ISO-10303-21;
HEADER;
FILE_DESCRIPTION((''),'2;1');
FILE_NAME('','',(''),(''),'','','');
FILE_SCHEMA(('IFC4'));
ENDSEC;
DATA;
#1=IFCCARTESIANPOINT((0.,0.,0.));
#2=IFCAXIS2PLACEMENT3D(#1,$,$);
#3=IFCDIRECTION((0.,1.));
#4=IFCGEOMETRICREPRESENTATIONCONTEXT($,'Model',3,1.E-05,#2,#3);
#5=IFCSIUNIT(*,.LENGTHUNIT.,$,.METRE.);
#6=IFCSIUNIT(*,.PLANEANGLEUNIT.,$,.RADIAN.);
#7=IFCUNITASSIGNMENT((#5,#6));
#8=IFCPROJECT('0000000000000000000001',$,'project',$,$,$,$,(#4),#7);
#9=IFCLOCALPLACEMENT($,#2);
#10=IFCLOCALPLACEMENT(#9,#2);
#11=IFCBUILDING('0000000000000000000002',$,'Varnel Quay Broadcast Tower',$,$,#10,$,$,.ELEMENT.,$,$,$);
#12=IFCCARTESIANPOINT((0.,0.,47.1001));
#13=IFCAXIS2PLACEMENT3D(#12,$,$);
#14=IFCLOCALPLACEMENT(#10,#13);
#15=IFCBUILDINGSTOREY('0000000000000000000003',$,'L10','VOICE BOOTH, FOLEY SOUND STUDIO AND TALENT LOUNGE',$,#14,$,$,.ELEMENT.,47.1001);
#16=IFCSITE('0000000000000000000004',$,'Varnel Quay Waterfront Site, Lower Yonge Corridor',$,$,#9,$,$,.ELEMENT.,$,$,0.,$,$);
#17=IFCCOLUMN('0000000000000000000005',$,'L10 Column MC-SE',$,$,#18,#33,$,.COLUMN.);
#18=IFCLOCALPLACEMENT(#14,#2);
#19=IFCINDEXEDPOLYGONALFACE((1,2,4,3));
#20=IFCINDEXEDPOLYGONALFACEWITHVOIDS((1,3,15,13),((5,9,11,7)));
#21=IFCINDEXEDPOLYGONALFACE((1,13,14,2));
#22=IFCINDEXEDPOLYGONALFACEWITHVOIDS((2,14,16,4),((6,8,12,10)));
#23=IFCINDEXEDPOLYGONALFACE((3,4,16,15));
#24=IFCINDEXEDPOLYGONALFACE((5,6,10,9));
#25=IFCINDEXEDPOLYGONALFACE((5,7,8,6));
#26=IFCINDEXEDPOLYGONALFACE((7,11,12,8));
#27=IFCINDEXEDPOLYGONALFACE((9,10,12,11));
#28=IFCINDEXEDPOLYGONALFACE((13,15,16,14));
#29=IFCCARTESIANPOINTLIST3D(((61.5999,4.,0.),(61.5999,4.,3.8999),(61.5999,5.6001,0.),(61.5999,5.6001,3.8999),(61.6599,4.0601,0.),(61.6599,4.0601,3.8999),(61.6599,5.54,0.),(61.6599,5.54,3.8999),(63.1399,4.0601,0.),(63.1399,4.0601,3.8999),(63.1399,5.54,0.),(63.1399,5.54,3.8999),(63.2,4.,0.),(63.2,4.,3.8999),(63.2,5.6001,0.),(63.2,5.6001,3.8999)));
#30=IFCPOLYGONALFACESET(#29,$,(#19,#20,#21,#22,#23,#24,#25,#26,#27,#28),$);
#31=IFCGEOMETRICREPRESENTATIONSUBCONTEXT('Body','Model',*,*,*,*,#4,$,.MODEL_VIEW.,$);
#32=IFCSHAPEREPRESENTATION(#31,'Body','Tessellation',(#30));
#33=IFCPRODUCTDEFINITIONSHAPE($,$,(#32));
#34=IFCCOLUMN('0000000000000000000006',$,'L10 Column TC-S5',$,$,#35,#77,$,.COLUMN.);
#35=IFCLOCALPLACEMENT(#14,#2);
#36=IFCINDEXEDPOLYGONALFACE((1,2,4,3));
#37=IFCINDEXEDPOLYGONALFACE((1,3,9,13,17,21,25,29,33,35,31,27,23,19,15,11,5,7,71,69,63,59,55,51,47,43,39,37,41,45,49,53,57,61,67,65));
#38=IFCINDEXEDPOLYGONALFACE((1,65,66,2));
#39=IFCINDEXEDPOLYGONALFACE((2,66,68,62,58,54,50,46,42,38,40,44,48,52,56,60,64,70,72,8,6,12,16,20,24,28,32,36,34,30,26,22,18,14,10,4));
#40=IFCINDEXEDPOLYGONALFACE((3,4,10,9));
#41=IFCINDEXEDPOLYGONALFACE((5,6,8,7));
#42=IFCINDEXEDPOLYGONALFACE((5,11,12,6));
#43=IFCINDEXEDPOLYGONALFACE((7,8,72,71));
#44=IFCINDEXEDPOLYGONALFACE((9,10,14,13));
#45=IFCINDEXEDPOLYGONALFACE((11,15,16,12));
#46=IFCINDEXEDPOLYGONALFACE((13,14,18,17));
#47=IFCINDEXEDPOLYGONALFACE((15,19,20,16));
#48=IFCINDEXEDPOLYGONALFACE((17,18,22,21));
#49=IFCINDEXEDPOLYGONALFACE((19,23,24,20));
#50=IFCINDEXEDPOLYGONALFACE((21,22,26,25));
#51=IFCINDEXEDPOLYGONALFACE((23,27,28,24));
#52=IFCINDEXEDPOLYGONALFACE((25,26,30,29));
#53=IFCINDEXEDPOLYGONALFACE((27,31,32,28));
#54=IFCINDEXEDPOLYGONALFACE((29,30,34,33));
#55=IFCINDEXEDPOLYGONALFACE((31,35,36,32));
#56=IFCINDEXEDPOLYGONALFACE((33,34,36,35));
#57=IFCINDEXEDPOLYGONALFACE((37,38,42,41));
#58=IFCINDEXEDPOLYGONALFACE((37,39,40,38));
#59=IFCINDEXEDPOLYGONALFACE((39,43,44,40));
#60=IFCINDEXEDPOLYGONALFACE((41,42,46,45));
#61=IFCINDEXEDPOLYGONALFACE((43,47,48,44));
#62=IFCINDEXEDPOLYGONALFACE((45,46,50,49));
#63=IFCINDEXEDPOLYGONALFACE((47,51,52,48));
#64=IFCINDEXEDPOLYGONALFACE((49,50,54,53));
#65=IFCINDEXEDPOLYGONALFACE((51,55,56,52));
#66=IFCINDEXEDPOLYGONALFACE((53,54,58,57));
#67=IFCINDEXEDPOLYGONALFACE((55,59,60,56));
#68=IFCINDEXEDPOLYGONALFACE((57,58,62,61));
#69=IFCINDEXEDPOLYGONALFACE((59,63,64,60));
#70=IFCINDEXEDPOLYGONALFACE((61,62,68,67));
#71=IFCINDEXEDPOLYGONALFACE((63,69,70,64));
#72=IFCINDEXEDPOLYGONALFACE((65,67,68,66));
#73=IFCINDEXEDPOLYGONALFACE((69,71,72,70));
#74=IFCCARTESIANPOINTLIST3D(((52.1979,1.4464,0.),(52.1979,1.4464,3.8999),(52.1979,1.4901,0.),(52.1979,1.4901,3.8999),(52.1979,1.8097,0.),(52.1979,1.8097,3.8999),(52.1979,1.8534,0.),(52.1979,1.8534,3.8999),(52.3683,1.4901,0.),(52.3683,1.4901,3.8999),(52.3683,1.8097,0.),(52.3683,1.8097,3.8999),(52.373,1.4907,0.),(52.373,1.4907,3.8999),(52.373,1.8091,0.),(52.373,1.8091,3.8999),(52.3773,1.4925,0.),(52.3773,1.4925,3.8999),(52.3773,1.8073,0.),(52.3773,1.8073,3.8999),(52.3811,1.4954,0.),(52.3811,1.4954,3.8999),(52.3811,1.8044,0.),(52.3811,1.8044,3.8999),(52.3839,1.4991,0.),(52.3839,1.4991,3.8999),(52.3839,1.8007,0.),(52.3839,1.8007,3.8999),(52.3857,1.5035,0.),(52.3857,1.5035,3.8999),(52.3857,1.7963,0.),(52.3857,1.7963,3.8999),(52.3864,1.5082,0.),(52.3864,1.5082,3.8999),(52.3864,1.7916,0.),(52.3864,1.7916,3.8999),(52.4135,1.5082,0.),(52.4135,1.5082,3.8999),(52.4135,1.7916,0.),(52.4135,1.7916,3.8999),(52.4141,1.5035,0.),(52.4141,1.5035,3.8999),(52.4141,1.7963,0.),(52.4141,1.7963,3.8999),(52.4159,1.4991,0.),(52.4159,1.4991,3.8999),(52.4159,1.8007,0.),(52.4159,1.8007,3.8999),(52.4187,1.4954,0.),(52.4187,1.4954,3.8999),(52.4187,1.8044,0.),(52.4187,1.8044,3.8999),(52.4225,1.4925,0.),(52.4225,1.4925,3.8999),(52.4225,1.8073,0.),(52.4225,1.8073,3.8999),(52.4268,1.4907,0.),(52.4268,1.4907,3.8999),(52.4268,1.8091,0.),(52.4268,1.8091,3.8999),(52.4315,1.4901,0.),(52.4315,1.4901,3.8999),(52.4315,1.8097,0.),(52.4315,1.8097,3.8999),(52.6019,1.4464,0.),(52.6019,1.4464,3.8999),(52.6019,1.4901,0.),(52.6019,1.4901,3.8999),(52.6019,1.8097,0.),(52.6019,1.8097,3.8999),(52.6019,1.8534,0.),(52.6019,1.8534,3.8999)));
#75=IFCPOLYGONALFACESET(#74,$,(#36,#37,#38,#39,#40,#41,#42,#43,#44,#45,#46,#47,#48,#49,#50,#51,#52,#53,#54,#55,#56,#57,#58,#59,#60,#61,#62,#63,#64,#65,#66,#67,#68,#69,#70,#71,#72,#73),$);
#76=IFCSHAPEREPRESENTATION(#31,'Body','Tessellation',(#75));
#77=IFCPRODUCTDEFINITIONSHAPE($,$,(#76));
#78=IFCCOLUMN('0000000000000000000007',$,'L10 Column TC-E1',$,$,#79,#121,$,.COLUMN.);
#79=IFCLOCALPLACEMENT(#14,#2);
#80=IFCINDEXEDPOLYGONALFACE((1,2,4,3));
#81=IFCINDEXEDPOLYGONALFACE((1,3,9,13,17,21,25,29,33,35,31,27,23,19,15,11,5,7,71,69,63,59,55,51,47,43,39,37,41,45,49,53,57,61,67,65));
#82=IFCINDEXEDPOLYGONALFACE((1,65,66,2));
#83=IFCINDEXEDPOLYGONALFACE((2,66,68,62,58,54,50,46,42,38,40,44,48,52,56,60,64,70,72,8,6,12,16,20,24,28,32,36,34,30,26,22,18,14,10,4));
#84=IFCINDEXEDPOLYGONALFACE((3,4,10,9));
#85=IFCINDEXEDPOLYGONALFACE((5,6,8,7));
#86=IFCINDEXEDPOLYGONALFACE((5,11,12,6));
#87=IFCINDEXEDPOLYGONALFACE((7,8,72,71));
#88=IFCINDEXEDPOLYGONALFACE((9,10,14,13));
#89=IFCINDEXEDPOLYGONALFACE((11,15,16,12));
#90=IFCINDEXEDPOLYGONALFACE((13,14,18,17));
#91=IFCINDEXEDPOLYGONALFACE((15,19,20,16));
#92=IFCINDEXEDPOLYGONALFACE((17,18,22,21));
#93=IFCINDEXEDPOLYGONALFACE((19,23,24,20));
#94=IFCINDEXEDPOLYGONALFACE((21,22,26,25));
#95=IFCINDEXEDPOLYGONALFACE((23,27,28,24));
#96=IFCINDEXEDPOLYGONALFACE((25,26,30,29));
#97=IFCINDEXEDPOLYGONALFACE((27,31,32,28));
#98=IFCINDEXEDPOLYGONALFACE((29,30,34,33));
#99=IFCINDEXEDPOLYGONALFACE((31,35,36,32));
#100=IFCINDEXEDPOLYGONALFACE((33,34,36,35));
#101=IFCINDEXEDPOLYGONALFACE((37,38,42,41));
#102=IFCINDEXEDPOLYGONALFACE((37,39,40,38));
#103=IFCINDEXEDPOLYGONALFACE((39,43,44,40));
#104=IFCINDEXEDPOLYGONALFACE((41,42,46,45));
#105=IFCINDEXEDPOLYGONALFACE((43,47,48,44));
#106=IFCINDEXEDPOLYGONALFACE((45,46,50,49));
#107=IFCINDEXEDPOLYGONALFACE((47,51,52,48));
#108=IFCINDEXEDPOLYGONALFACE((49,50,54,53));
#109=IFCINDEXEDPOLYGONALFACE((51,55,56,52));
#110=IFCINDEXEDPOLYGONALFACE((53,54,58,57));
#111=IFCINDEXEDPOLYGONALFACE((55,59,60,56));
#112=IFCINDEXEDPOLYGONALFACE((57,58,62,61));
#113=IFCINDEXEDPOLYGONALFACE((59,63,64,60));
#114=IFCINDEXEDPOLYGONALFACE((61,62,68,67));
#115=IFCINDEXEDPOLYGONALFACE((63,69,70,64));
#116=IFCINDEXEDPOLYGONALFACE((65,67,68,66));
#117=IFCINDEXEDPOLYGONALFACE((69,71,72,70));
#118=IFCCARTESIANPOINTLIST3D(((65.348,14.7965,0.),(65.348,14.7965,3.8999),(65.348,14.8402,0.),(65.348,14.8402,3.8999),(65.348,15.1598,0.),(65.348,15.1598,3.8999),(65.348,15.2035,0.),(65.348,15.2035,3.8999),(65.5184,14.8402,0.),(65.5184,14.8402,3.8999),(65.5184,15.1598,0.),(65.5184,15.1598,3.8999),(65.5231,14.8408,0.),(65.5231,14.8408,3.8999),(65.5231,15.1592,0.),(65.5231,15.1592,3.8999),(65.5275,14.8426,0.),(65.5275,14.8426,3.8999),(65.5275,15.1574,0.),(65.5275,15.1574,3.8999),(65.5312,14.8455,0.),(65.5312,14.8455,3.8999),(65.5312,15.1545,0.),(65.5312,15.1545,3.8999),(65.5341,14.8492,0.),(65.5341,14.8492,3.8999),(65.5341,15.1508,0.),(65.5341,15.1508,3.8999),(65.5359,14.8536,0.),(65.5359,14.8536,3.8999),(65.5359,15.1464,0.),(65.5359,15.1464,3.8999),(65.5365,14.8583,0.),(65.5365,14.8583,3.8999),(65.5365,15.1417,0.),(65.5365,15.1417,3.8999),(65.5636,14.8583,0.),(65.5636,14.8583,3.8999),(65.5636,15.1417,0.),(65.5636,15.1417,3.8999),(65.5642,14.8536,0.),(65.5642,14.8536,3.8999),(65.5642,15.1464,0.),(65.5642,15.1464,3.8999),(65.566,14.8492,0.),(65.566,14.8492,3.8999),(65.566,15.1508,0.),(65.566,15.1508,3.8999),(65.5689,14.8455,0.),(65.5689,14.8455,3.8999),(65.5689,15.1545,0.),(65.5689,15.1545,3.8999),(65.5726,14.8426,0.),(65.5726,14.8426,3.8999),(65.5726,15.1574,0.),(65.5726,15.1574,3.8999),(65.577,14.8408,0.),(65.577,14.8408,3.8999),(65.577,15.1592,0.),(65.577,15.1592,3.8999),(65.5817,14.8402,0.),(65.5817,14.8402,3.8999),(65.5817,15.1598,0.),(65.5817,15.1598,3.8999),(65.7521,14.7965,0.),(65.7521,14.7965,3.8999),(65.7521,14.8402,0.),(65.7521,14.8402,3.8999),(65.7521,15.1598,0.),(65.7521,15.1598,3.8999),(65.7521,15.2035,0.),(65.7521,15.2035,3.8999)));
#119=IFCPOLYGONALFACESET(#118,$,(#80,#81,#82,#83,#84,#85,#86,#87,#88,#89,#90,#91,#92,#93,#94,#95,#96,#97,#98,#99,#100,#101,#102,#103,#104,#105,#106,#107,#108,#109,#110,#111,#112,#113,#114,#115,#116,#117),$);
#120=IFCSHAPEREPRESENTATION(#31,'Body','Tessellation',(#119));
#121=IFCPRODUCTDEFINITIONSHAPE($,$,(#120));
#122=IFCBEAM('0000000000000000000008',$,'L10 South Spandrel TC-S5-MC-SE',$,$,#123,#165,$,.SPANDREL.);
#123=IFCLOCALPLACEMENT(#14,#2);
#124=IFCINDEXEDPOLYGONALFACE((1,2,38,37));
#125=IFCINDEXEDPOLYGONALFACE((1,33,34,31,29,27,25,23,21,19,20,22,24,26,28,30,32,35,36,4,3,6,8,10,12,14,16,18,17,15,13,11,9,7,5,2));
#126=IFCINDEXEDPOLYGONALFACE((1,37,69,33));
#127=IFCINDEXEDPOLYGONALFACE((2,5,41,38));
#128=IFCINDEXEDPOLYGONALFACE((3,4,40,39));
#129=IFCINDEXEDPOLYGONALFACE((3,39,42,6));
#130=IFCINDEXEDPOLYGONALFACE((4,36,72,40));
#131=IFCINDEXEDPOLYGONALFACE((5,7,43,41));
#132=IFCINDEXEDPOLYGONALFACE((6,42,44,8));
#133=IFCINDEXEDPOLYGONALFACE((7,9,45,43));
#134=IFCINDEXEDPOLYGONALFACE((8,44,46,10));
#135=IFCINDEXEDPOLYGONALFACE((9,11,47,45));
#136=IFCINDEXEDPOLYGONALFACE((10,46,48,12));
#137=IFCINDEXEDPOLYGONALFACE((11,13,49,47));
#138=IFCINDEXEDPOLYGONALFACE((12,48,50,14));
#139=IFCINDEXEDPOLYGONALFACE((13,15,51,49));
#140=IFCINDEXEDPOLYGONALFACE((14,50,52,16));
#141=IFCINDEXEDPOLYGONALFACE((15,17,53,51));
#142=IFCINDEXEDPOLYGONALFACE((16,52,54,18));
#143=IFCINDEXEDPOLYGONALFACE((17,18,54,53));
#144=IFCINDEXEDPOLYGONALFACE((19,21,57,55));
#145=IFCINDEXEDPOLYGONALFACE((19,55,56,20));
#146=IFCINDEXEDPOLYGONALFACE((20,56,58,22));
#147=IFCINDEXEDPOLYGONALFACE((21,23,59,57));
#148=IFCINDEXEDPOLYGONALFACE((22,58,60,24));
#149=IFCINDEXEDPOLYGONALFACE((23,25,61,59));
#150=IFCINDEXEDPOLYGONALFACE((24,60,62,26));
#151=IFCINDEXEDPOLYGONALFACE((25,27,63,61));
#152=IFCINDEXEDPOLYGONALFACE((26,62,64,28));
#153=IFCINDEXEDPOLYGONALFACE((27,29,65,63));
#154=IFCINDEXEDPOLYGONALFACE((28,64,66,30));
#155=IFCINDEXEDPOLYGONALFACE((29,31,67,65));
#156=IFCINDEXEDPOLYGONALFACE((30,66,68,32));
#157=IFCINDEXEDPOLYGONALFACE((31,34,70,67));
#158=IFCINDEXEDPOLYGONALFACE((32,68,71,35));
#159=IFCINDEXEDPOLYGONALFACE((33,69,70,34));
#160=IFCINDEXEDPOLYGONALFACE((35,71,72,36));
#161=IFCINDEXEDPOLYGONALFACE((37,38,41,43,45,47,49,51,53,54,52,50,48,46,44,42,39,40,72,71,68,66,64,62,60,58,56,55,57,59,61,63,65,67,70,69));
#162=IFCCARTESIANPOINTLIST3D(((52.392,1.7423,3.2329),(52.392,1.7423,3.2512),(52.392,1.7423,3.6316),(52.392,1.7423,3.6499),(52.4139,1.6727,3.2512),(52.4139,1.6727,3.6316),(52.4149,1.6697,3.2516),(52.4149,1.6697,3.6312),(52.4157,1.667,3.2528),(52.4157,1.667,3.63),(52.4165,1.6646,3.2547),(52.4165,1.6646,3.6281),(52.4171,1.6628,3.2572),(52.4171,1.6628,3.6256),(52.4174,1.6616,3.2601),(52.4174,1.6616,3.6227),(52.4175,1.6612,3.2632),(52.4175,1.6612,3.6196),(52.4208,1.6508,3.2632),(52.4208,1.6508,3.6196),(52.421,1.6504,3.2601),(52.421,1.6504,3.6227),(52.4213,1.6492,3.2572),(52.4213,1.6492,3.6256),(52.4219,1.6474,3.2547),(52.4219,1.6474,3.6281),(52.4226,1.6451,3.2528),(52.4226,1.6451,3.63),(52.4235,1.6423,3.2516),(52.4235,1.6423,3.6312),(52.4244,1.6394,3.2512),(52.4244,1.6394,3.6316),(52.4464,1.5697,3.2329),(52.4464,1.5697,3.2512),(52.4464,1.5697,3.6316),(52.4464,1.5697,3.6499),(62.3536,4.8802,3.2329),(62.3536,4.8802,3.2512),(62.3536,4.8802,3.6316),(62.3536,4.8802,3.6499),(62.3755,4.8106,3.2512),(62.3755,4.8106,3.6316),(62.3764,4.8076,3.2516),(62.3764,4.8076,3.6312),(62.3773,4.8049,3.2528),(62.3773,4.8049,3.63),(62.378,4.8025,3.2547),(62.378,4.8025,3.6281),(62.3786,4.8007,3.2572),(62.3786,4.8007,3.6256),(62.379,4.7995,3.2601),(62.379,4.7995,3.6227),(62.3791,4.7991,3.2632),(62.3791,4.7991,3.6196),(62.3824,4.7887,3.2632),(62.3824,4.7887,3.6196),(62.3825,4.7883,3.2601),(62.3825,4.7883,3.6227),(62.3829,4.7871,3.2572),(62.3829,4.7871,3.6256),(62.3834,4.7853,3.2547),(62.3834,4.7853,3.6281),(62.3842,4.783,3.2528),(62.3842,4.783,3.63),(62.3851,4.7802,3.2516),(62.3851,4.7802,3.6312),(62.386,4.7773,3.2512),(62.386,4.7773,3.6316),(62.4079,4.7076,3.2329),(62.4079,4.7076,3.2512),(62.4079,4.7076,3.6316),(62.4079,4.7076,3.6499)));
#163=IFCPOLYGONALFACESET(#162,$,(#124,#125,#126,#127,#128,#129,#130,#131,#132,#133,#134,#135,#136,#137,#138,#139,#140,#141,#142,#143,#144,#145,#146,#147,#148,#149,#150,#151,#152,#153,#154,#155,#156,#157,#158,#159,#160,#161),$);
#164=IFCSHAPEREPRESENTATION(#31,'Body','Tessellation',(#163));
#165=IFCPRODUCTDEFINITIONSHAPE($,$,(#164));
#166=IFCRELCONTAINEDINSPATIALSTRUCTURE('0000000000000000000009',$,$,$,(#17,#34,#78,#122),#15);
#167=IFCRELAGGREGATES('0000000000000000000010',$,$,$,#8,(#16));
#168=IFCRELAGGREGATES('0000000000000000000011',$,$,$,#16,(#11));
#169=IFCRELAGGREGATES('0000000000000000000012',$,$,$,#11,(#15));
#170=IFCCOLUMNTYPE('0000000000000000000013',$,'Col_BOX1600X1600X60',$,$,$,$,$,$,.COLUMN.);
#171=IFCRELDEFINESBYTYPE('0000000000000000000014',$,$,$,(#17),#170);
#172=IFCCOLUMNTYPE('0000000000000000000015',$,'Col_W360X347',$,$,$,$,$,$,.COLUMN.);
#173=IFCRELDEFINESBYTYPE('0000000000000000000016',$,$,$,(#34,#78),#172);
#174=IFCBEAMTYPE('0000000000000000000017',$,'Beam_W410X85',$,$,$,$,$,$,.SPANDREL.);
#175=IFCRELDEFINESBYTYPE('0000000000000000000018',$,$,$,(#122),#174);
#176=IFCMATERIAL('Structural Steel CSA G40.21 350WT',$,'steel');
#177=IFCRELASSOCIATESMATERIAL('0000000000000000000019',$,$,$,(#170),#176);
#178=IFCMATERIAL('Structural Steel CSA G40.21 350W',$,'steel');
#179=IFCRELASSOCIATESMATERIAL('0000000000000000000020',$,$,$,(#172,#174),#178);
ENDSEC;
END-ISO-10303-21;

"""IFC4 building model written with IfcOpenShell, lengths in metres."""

from ifc_helpers import new_model, si_unit, direction, frame, origin, origin_2d, place, context, subcontext, project, spatial, hollow_rectangle, i_section, extrude, source, transform, mapped, material, material_profile, profile_set, type_object, type_shapes, element, save


model = new_model("IFC4")

# Units and contexts
model_context = context("Model", 3, precision=1e-05, world=origin(), true_north=direction((0.0, 1.0)))
body_context = subcontext(model_context, "Body", "Model", "MODEL_VIEW")
ifc_project = project(units=[si_unit("LENGTHUNIT", "METRE"), si_unit("PLANEANGLEUNIT", "RADIAN")], contexts=[model_context])

# Site, building, storey
site_placement = place(None, origin())
site = spatial("IfcSite", under=ifc_project, at=site_placement, Name="Varnel Quay Waterfront Site, Lower Yonge Corridor", CompositionType="ELEMENT", RefElevation=0.0)
building_placement = place(site_placement, origin())
building = spatial("IfcBuilding", under=site, at=building_placement, Name="Varnel Quay Broadcast Tower", CompositionType="ELEMENT")
storey_placement = place(building_placement, frame((0.0, 0.0, 47.1001)))
storey = spatial("IfcBuildingStorey", under=building, at=storey_placement, Name="L10", Description="VOICE BOOTH, FOLEY SOUND STUDIO AND TALENT LOUNGE", CompositionType="ELEMENT", Elevation=47.1001)

# Columns
ifc_material_1 = material(Name="Structural Steel CSA G40.21 350WT", Category="steel")
ifc_material_profile_1 = material_profile(ifc_material_1, hollow_rectangle(XDim=1.6001, YDim=1.6001, WallThickness=0.0601, at=origin_2d()), Name="BOX1600X1600X60")
ifc_profile_set_1 = profile_set([ifc_material_profile_1], Name="Structural Steel CSA G40.21 350WT")
column_type_1 = type_object("IfcColumnType", Name="Col_BOX1600X1600X60", PredefinedType="COLUMN", material=ifc_profile_set_1)
shared_shape_1 = source(origin(), body_context, "Body", "SweptSolid", [
    extrude(hollow_rectangle(XDim=1.6001, YDim=1.6001, WallThickness=0.0601, at=origin_2d()), origin(), (0.0, 0.0, 1.0), 3.8999),
])
type_shapes(column_type_1, [shared_shape_1])
column_placement = place(storey_placement, frame((62.3999, 4.8, 0.0), z_axis=(0.0, 0.0, 1.0), x_axis=(1.0, 0.0, 0.0)))
element("IfcColumn", 1, at=column_placement, inside=storey, type_object=column_type_1, Name="L10 Column MC-SE", PredefinedType="COLUMN", context=body_context, shape_type="MappedRepresentation", body=[
    mapped(shared_shape_1, transform((0.0, 0.0, 0.0), x_axis=(1.0, 0.0, 0.0), y_axis=(0.0, 1.0, 0.0), z_axis=(0.0, 0.0, 1.0), scale=1.0)),
])
ifc_material_2 = material(Name="Structural Steel CSA G40.21 350W", Category="steel")
ifc_material_profile_2 = material_profile(ifc_material_2, i_section(OverallWidth=0.4041, OverallDepth=0.407, WebThickness=0.0271, FlangeThickness=0.0437, FilletRadius=0.0181, at=origin_2d()), Name="W360X347")
ifc_profile_set_2 = profile_set([ifc_material_profile_2], Name="Structural Steel CSA G40.21 350W")
column_type_2 = type_object("IfcColumnType", Name="Col_W360X347", PredefinedType="COLUMN", material=ifc_profile_set_2)
shared_shape_2 = source(origin(), body_context, "Body", "SweptSolid", [
    extrude(i_section(OverallWidth=0.4041, OverallDepth=0.407, WebThickness=0.0271, FlangeThickness=0.0437, FilletRadius=0.0181, at=origin_2d()), origin(), (0.0, 0.0, 1.0), 3.8999),
])
type_shapes(column_type_2, [shared_shape_2])
for number, where, z_axis, x_axis, name in (
    (2, (52.3999, 1.6499, 0.0), (0.0, 0.0, 1.0), (1.0, 0.0, 0.0), "L10 Column TC-S5"),
    (3, (65.55, 15.0, 0.0), (0.0, 0.0, 1.0), (1.0, 0.0, 0.0), "L10 Column TC-E1"),
):
    element("IfcColumn", number, at=place(storey_placement, frame(where, z_axis=z_axis, x_axis=x_axis)), inside=storey, type_object=column_type_2, Name=name, PredefinedType="COLUMN", context=body_context, shape_type="MappedRepresentation", body=[
        mapped(shared_shape_2, transform((0.0, 0.0, 0.0), x_axis=(1.0, 0.0, 0.0), y_axis=(0.0, 1.0, 0.0), z_axis=(0.0, 0.0, 1.0), scale=1.0)),
    ])

# Beam
ifc_material_profile_3 = material_profile(ifc_material_2, i_section(OverallWidth=0.1809, OverallDepth=0.417, WebThickness=0.011, FlangeThickness=0.0183, FilletRadius=0.012, at=origin_2d()), Name="W410X85")
ifc_profile_set_3 = profile_set([ifc_material_profile_3], Name="Structural Steel CSA G40.21 350W")
beam_type = type_object("IfcBeamType", Name="Beam_W410X85", PredefinedType="SPANDREL", material=ifc_profile_set_3)
shared_shape_3 = source(origin(), body_context, "Body", "SweptSolid", [
    extrude(i_section(OverallWidth=0.1809, OverallDepth=0.417, WebThickness=0.011, FlangeThickness=0.0183, FilletRadius=0.012, at=origin_2d()), origin(), (0.0, 0.0, 1.0), 10.4441),
])
beam_1_placement = place(storey_placement, frame((52.4192, 1.656, 3.4414), z_axis=(0.953798, 0.300448, 0.0), x_axis=(-0.300448, 0.953798, 0.0)))
element("IfcBeam", 4, at=beam_1_placement, inside=storey, type_object=beam_type, Name="L10 South Spandrel TC-S5-MC-SE", PredefinedType="SPANDREL", context=body_context, shape_type="MappedRepresentation", body=[
    mapped(shared_shape_3, transform((0.0, 0.0, 0.0), x_axis=(1.0, 0.0, 0.0), y_axis=(0.0, 1.0, 0.0), z_axis=(0.0, 0.0, 1.0), scale=1.0)),
])

save(model, "model.ifc")
